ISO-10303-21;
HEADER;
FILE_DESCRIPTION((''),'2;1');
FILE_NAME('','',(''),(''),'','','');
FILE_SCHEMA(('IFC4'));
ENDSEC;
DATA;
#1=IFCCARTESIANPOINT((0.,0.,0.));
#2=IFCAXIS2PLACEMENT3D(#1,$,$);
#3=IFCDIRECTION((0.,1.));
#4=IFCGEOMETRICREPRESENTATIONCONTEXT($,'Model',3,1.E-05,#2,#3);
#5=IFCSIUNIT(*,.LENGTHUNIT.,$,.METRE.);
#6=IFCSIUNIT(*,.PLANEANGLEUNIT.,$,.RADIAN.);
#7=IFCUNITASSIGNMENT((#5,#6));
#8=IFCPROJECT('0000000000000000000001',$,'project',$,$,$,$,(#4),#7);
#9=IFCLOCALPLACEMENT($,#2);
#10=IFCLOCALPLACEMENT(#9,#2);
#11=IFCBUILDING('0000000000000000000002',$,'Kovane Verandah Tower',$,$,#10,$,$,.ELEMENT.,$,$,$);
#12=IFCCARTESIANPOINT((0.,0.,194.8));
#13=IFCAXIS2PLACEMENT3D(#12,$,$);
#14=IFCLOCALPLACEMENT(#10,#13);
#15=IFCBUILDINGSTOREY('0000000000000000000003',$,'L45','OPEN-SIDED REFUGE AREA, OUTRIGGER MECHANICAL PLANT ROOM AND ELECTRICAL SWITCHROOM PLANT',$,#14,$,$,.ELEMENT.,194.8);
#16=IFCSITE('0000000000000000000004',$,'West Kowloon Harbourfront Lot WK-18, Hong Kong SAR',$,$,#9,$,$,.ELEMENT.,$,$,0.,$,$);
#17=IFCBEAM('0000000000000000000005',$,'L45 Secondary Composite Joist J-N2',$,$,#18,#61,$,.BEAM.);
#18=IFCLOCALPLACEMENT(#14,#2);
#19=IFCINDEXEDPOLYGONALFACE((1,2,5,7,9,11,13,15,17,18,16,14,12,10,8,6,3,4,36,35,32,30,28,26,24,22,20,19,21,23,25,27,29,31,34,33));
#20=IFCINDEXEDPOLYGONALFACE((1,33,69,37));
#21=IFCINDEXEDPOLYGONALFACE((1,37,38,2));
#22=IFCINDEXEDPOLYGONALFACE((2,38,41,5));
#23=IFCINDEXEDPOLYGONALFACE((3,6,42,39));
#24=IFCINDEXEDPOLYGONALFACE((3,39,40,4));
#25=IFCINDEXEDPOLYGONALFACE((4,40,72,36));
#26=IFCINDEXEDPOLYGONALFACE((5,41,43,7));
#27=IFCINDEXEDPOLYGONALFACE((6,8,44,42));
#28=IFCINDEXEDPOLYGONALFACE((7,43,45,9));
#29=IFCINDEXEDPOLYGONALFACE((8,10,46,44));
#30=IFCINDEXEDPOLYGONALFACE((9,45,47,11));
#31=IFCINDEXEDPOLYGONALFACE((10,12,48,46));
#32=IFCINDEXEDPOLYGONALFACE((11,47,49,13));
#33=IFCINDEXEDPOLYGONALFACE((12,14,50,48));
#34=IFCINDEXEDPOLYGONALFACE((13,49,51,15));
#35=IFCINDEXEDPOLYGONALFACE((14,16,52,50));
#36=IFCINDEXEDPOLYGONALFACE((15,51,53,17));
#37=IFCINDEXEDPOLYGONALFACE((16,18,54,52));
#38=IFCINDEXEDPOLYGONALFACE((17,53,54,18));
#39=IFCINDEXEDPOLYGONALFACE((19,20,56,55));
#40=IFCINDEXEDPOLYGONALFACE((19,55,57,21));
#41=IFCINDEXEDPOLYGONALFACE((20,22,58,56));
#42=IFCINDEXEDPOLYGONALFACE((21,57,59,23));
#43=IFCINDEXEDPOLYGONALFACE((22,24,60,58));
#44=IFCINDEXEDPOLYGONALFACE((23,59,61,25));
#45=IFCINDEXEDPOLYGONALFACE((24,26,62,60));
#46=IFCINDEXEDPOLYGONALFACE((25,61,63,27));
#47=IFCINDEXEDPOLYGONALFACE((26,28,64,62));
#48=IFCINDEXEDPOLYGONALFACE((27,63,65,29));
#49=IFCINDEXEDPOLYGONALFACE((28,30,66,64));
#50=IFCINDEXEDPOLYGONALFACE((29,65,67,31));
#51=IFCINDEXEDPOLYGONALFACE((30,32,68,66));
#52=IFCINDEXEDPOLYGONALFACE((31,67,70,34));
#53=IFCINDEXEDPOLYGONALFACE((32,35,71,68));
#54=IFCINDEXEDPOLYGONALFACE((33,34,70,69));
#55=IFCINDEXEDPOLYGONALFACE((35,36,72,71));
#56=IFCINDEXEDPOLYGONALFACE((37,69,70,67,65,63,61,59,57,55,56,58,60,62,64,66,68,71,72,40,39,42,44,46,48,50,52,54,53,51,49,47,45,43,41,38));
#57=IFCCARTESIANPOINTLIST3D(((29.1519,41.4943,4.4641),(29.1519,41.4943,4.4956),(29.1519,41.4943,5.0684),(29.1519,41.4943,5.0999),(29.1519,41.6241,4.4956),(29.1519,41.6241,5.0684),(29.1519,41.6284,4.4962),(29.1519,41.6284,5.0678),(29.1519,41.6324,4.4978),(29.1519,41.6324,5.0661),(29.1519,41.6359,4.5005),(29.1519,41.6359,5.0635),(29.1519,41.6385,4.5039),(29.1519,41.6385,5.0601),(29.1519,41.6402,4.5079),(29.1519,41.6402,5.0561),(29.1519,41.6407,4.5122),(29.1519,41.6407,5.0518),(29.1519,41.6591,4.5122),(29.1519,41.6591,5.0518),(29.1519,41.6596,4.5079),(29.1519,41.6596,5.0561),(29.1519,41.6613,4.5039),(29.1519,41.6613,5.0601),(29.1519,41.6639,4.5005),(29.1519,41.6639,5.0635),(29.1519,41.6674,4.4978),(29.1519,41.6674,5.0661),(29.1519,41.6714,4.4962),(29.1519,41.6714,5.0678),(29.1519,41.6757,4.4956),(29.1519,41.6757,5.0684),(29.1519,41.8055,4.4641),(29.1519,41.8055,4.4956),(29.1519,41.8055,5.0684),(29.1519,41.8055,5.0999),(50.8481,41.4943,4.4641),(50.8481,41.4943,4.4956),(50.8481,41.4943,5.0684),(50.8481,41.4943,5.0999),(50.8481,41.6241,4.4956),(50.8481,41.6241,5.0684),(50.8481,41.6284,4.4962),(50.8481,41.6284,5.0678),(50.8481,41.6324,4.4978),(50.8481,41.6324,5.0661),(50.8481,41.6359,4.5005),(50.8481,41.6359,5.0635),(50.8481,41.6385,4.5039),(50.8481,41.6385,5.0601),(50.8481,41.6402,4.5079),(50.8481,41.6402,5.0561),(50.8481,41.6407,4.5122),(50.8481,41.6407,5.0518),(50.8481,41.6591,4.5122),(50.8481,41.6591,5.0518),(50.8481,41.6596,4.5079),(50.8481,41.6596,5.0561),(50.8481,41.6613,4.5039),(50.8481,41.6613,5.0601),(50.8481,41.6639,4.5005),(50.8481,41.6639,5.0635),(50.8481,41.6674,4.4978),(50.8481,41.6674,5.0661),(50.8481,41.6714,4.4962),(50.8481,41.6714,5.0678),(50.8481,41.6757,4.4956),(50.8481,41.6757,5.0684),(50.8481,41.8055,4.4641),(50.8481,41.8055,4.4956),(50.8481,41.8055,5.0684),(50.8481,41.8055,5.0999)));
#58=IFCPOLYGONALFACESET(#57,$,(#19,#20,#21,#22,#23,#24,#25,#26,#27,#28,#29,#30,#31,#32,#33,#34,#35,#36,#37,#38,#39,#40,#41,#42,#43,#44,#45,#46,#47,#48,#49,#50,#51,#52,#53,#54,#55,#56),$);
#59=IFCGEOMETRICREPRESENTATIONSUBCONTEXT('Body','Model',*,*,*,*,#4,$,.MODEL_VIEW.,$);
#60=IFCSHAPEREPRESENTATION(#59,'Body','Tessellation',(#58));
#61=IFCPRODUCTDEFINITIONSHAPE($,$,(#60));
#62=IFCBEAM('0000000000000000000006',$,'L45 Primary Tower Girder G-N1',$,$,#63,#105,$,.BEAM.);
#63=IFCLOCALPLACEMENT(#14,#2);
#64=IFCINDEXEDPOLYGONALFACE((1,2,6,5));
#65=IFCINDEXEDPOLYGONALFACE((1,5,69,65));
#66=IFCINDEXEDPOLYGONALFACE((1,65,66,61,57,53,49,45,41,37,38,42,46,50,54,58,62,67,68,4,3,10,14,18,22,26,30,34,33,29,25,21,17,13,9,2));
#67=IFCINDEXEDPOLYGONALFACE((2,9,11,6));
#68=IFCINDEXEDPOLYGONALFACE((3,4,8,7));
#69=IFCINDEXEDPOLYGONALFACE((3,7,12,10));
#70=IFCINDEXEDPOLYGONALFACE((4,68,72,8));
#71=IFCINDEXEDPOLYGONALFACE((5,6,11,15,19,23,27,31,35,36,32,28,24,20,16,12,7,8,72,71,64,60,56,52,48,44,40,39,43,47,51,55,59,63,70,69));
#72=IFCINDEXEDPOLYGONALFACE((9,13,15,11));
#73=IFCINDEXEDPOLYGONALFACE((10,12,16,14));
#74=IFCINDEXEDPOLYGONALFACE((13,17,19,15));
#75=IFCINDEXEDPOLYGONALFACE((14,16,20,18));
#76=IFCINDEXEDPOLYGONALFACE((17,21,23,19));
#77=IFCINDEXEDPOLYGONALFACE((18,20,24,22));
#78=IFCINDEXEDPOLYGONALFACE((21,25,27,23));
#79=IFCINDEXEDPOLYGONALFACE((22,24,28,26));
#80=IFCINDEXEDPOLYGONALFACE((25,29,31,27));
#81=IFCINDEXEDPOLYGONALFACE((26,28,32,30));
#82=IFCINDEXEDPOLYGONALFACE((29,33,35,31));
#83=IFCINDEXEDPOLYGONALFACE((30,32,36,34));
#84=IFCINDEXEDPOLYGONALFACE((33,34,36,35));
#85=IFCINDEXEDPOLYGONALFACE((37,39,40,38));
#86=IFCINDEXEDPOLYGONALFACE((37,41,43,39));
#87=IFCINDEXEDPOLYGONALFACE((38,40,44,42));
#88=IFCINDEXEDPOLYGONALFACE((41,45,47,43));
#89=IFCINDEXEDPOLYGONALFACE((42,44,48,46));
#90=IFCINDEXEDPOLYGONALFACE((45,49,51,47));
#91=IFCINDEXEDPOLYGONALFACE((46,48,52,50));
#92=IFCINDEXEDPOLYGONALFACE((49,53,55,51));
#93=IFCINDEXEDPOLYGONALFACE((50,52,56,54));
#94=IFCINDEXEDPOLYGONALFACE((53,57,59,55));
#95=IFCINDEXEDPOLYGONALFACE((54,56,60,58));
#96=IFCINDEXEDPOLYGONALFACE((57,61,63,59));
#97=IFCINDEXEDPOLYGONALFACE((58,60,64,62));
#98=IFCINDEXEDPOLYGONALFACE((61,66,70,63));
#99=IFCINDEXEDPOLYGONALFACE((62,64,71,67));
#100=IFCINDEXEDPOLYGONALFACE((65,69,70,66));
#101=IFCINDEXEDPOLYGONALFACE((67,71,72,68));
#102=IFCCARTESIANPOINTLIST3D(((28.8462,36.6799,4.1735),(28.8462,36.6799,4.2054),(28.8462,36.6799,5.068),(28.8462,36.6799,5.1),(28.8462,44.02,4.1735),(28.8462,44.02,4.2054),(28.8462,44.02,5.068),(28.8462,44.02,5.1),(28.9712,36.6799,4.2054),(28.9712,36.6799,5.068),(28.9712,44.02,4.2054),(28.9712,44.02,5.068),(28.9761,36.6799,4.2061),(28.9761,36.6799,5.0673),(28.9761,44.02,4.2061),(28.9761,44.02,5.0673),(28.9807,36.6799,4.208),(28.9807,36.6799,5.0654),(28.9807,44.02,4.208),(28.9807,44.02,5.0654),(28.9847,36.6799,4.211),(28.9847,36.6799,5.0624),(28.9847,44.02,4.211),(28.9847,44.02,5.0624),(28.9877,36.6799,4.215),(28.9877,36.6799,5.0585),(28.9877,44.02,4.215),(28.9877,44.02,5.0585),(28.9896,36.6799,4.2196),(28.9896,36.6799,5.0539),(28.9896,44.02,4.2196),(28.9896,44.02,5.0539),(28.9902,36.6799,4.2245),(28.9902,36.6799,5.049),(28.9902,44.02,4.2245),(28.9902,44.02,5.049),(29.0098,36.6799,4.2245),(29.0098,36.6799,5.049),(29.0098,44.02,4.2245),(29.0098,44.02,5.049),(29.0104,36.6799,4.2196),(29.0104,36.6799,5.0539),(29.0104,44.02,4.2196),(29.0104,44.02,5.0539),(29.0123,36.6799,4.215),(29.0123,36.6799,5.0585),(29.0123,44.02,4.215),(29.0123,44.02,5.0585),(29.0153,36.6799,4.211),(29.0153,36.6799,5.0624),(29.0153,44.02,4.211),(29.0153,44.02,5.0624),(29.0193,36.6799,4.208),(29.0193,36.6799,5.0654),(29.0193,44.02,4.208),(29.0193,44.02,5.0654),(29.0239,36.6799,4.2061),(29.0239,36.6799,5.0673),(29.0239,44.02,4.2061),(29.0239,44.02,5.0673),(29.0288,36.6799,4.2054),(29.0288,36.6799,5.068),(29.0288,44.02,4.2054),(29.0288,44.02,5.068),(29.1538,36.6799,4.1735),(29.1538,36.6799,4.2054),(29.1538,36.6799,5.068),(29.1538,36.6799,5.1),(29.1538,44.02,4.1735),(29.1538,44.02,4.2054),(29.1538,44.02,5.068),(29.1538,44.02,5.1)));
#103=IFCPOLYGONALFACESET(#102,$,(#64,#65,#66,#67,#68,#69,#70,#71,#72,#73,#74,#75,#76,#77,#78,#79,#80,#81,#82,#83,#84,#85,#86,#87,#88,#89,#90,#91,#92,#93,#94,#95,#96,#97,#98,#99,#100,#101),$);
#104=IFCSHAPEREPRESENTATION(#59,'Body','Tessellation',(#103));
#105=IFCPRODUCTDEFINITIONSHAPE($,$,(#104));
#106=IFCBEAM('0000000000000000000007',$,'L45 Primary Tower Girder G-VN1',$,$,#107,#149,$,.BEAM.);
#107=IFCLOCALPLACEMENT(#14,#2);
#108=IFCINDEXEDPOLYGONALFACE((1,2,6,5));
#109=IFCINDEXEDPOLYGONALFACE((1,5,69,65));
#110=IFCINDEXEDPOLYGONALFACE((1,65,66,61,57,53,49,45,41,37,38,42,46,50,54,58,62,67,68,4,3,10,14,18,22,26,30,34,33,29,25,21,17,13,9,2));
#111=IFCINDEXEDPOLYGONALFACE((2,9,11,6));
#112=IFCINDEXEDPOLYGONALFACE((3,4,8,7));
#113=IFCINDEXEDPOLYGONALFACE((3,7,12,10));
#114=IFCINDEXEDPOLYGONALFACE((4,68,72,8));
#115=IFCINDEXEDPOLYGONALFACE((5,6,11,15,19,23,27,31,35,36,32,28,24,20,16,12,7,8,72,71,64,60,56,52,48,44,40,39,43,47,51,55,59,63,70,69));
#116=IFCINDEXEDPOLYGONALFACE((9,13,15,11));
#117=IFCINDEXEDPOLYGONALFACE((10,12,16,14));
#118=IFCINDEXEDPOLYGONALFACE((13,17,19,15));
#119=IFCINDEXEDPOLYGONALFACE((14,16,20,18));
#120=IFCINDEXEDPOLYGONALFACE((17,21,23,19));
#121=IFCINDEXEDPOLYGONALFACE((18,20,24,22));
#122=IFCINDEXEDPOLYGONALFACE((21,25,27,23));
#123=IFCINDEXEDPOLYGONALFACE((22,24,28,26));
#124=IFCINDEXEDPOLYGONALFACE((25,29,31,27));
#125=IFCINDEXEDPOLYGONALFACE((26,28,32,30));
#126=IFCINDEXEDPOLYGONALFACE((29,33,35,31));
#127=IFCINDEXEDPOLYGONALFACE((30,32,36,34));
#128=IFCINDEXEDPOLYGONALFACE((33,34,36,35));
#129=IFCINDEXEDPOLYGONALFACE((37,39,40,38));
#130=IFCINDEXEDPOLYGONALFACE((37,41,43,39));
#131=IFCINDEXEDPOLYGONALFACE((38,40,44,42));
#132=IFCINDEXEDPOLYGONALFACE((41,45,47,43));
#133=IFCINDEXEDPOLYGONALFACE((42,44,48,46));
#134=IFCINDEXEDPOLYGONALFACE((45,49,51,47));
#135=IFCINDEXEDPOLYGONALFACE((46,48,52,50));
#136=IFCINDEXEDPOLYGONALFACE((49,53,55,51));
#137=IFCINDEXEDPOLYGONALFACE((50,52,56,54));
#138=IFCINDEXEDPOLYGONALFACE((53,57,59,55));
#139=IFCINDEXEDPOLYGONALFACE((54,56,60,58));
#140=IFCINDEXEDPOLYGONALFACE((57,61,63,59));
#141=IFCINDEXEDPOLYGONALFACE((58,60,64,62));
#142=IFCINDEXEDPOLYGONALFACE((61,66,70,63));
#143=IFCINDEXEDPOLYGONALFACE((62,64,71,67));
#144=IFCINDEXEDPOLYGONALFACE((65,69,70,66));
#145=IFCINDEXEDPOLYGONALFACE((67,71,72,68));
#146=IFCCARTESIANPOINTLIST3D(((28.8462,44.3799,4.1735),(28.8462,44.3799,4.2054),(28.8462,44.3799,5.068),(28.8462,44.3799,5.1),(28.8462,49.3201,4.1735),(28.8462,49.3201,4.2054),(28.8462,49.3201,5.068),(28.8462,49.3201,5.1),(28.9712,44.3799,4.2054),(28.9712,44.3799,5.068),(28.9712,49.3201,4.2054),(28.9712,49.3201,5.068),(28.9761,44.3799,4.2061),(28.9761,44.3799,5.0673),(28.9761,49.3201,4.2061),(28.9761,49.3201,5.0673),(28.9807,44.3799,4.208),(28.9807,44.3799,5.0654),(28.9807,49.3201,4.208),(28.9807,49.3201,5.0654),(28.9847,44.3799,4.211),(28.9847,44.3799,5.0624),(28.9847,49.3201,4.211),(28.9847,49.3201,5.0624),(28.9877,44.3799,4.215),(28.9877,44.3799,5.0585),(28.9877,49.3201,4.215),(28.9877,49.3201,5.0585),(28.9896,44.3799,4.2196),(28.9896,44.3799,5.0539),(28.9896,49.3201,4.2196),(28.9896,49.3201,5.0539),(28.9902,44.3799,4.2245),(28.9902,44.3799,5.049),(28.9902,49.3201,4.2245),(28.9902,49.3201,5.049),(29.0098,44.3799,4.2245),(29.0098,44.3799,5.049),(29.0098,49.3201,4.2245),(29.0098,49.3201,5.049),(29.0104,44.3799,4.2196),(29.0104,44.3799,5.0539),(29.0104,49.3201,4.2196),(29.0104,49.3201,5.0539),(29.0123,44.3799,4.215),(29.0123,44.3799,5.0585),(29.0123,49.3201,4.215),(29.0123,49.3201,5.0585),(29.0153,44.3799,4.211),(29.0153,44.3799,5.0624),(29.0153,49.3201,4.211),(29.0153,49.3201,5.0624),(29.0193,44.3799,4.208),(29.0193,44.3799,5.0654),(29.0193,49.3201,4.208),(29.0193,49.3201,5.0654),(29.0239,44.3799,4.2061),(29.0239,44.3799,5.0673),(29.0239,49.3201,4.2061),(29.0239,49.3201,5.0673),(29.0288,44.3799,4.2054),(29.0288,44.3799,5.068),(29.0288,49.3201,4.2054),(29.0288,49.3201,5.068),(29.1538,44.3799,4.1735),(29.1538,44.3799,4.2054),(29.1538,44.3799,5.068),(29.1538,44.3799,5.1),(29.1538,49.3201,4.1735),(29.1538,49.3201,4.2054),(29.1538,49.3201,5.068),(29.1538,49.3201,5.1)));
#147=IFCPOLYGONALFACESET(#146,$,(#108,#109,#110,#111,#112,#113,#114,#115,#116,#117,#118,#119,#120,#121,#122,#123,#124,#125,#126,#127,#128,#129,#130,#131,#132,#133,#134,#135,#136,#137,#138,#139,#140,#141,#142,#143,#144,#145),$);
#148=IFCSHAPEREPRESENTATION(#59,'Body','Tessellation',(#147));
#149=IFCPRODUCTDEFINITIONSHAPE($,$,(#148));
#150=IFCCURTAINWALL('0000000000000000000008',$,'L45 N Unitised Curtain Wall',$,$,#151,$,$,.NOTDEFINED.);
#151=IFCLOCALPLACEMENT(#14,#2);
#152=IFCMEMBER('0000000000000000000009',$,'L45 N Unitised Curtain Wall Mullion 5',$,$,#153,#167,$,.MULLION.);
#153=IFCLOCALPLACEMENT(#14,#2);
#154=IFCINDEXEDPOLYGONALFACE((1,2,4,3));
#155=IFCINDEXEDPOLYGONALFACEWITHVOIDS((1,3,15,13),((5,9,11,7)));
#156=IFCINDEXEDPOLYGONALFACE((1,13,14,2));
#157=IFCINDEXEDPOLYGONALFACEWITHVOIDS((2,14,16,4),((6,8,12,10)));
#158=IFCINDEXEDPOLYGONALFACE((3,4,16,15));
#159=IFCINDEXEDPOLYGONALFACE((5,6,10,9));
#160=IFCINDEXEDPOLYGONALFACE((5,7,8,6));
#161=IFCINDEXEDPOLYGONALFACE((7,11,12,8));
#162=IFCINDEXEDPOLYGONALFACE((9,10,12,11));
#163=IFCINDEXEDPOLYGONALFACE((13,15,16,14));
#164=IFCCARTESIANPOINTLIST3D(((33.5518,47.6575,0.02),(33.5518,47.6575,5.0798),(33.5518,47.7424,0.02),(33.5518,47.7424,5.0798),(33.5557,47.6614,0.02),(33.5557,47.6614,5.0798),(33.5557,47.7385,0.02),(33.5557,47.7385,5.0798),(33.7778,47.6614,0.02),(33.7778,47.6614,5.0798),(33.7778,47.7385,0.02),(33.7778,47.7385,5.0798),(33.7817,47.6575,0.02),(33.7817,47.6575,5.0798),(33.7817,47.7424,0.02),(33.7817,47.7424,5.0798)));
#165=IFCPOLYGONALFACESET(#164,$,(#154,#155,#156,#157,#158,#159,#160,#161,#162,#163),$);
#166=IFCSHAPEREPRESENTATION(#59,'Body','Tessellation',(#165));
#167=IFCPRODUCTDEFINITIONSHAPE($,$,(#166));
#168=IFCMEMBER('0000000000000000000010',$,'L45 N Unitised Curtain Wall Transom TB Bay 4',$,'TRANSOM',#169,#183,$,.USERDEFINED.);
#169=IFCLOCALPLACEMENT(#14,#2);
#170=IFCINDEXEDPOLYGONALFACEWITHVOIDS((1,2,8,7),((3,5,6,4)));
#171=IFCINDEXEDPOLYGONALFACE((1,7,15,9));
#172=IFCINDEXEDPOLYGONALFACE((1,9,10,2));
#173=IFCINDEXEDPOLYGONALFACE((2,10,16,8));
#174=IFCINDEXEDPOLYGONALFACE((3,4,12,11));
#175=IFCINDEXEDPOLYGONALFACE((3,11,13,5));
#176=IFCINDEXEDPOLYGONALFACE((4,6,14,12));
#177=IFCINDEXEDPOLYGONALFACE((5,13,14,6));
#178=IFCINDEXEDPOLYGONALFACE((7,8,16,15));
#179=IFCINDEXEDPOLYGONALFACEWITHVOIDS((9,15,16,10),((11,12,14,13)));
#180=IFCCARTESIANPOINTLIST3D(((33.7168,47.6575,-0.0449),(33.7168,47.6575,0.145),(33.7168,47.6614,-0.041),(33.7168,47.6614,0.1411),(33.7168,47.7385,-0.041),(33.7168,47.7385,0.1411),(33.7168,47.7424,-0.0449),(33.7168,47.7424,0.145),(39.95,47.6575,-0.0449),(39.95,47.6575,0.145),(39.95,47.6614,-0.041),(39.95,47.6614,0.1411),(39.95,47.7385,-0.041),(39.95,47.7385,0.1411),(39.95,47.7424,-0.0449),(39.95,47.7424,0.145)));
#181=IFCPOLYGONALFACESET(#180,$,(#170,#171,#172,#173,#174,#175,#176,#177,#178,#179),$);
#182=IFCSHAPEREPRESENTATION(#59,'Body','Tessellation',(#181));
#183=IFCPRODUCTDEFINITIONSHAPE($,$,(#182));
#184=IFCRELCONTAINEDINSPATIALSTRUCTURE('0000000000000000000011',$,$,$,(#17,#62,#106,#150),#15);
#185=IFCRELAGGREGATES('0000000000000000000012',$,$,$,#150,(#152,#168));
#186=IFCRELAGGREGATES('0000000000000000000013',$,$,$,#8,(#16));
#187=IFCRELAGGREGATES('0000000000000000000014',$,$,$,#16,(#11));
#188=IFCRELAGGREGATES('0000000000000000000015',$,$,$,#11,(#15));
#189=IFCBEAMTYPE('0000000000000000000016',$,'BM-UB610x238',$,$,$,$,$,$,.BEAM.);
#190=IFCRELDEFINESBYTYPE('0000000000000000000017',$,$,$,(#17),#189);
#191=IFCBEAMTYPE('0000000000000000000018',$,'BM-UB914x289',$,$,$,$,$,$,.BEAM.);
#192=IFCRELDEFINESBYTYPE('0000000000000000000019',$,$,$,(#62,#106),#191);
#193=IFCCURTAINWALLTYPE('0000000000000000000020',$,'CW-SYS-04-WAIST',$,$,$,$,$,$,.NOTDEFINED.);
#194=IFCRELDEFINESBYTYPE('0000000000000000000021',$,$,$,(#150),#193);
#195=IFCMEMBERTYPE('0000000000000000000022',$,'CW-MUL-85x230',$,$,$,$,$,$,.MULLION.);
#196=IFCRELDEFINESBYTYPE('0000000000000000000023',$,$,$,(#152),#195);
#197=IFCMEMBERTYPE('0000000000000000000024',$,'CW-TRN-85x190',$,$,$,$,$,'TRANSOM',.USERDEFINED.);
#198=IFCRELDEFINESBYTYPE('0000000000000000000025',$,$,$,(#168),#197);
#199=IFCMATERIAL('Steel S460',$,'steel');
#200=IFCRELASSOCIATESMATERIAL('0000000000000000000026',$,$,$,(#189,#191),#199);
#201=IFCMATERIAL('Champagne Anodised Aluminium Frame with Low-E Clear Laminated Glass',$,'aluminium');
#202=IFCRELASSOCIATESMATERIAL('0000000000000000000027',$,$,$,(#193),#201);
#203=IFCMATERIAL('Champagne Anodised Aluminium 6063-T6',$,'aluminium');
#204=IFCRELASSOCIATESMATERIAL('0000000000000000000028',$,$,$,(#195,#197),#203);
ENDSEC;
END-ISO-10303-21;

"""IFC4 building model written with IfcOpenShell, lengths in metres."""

from ifc_helpers import new_model, si_unit, direction, frame, origin, origin_2d, place, context, subcontext, project, spatial, hollow_rectangle, i_section, extrude, material, material_profile, profile_set, type_object, element, aggregate, save


model = new_model("IFC4")

# Units and contexts
model_context = context("Model", 3, precision=1e-05, world=origin(), true_north=direction((0.0, 1.0)))
body_context = subcontext(model_context, "Body", "Model", "MODEL_VIEW")
ifc_project = project(units=[si_unit("LENGTHUNIT", "METRE"), si_unit("PLANEANGLEUNIT", "RADIAN")], contexts=[model_context])

# Site, building, storey
site_placement = place(None, origin())
site = spatial("IfcSite", under=ifc_project, at=site_placement, Name="West Kowloon Harbourfront Lot WK-18, Hong Kong SAR", CompositionType="ELEMENT", RefElevation=0.0)
building_placement = place(site_placement, origin())
building = spatial("IfcBuilding", under=site, at=building_placement, Name="Kovane Verandah Tower", CompositionType="ELEMENT")
storey_placement = place(building_placement, frame((0.0, 0.0, 194.8)))
storey = spatial("IfcBuildingStorey", under=building, at=storey_placement, Name="L45", Description="OPEN-SIDED REFUGE AREA, OUTRIGGER MECHANICAL PLANT ROOM AND ELECTRICAL SWITCHROOM PLANT", CompositionType="ELEMENT", Elevation=194.8)

# Shared definitions
ifc_material_1 = material(Name="Steel S460", Category="steel")

# Beams
ifc_material_profile_1 = material_profile(ifc_material_1, i_section(OverallWidth=0.3113, OverallDepth=0.6357, WebThickness=0.0183, FlangeThickness=0.0315, FilletRadius=0.0166, at=origin_2d()), Name="UB610x305x238")
ifc_profile_set_1 = profile_set([ifc_material_profile_1], Name="Steel S460")
beam_type_1 = type_object("IfcBeamType", Name="BM-UB610x238", PredefinedType="BEAM", material=ifc_profile_set_1)
for number, where, z_axis, x_axis, name in (
    (1, (29.1519, 41.6499, 4.782), (1.0, 0.0, 0.0), (0.0, 1.0, 0.0), "L45 Secondary Composite Joist J-N2"),
):
    element("IfcBeam", number, at=place(storey_placement, frame(where, z_axis=z_axis, x_axis=x_axis)), inside=storey, type_object=beam_type_1, Name=name, PredefinedType="BEAM", context=body_context, shape_type="SweptSolid", body=[
        extrude(i_section(OverallWidth=0.3113, OverallDepth=0.6357, WebThickness=0.0183, FlangeThickness=0.0315, FilletRadius=0.0166, at=origin_2d()), origin(), (0.0, 0.0, 1.0), 21.6963),
    ])
ifc_material_profile_2 = material_profile(ifc_material_1, i_section(OverallWidth=0.3076, OverallDepth=0.9265, WebThickness=0.0195, FlangeThickness=0.032, FilletRadius=0.019, at=origin_2d()), Name="UB914x305x289")
ifc_profile_set_2 = profile_set([ifc_material_profile_2], Name="Steel S460")
beam_type_2 = type_object("IfcBeamType", Name="BM-UB914x289", PredefinedType="BEAM", material=ifc_profile_set_2)
beam_1_placement = place(storey_placement, frame((29.0, 36.6799, 4.6367), z_axis=(0.0, 1.0, 0.0), x_axis=(-1.0, 0.0, 0.0)))
element("IfcBeam", 2, at=beam_1_placement, inside=storey, type_object=beam_type_2, Name="L45 Primary Tower Girder G-N1", PredefinedType="BEAM", context=body_context, shape_type="SweptSolid", body=[
    extrude(i_section(OverallWidth=0.3076, OverallDepth=0.9265, WebThickness=0.0195, FlangeThickness=0.032, FilletRadius=0.019, at=origin_2d()), origin(), (0.0, 0.0, 1.0), 7.3401),
])
beam_2_placement = place(storey_placement, frame((29.0, 44.3799, 4.6367), z_axis=(0.0, 1.0, 0.0), x_axis=(-1.0, 0.0, 0.0)))
element("IfcBeam", 3, at=beam_2_placement, inside=storey, type_object=beam_type_2, Name="L45 Primary Tower Girder G-VN1", PredefinedType="BEAM", context=body_context, shape_type="SweptSolid", body=[
    extrude(i_section(OverallWidth=0.3076, OverallDepth=0.9265, WebThickness=0.0195, FlangeThickness=0.032, FilletRadius=0.019, at=origin_2d()), origin(), (0.0, 0.0, 1.0), 4.9402),
])

# Curtain wall, members
ifc_material_2 = material(Name="Champagne Anodised Aluminium Frame with Low-E Clear Laminated Glass", Category="aluminium")
curtain_wall_type = type_object("IfcCurtainWallType", Name="CW-SYS-04-WAIST", PredefinedType="NOTDEFINED", material=ifc_material_2)
curtain_wall_placement = place(storey_placement, origin())
curtain_wall = element("IfcCurtainWall", 4, at=curtain_wall_placement, inside=storey, type_object=curtain_wall_type, Name="L45 N Unitised Curtain Wall", PredefinedType="NOTDEFINED")
ifc_material_3 = material(Name="Champagne Anodised Aluminium 6063-T6", Category="aluminium")
ifc_material_profile_3 = material_profile(ifc_material_3, hollow_rectangle(XDim=0.085, YDim=0.23, WallThickness=0.0039, at=origin_2d()), Name="AL85x230x4")
ifc_profile_set_3 = profile_set([ifc_material_profile_3], Name="Champagne Anodised Aluminium 6063-T6")
member_type_1 = type_object("IfcMemberType", Name="CW-MUL-85x230", PredefinedType="MULLION", material=ifc_profile_set_3)
member_1_placement = place(storey_placement, frame((33.6667, 47.7, 0.02), z_axis=(0.0, 0.0, 1.0), x_axis=(0.0, 1.0, 0.0)))
member_1 = element("IfcMember", 5, at=member_1_placement, type_object=member_type_1, Name="L45 N Unitised Curtain Wall Mullion 5", PredefinedType="MULLION", context=body_context, shape_type="SweptSolid", body=[
    extrude(hollow_rectangle(XDim=0.085, YDim=0.23, WallThickness=0.0039, at=origin_2d()), origin(), (0.0, 0.0, 1.0), 5.0598),
])
ifc_material_profile_4 = material_profile(ifc_material_3, hollow_rectangle(XDim=0.085, YDim=0.1899, WallThickness=0.0039, at=origin_2d()), Name="AL85x190x4")
ifc_profile_set_4 = profile_set([ifc_material_profile_4], Name="Champagne Anodised Aluminium 6063-T6")
member_type_2 = type_object("IfcMemberType", Name="CW-TRN-85x190", ElementType="TRANSOM", PredefinedType="USERDEFINED", material=ifc_profile_set_4)
member_2_placement = place(storey_placement, frame((39.95, 47.7, 0.05), z_axis=(-1.0, 0.0, 0.0), x_axis=(0.0, -1.0, 0.0)))
member_2 = element("IfcMember", 6, at=member_2_placement, type_object=member_type_2, Name="L45 N Unitised Curtain Wall Transom TB Bay 4", ObjectType="TRANSOM", PredefinedType="USERDEFINED", context=body_context, shape_type="SweptSolid", body=[
    extrude(hollow_rectangle(XDim=0.085, YDim=0.1899, WallThickness=0.0039, at=origin_2d()), origin(), (0.0, 0.0, 1.0), 6.2332),
])
aggregate(curtain_wall, [member_1, member_2])

save(model, "model.ifc")
